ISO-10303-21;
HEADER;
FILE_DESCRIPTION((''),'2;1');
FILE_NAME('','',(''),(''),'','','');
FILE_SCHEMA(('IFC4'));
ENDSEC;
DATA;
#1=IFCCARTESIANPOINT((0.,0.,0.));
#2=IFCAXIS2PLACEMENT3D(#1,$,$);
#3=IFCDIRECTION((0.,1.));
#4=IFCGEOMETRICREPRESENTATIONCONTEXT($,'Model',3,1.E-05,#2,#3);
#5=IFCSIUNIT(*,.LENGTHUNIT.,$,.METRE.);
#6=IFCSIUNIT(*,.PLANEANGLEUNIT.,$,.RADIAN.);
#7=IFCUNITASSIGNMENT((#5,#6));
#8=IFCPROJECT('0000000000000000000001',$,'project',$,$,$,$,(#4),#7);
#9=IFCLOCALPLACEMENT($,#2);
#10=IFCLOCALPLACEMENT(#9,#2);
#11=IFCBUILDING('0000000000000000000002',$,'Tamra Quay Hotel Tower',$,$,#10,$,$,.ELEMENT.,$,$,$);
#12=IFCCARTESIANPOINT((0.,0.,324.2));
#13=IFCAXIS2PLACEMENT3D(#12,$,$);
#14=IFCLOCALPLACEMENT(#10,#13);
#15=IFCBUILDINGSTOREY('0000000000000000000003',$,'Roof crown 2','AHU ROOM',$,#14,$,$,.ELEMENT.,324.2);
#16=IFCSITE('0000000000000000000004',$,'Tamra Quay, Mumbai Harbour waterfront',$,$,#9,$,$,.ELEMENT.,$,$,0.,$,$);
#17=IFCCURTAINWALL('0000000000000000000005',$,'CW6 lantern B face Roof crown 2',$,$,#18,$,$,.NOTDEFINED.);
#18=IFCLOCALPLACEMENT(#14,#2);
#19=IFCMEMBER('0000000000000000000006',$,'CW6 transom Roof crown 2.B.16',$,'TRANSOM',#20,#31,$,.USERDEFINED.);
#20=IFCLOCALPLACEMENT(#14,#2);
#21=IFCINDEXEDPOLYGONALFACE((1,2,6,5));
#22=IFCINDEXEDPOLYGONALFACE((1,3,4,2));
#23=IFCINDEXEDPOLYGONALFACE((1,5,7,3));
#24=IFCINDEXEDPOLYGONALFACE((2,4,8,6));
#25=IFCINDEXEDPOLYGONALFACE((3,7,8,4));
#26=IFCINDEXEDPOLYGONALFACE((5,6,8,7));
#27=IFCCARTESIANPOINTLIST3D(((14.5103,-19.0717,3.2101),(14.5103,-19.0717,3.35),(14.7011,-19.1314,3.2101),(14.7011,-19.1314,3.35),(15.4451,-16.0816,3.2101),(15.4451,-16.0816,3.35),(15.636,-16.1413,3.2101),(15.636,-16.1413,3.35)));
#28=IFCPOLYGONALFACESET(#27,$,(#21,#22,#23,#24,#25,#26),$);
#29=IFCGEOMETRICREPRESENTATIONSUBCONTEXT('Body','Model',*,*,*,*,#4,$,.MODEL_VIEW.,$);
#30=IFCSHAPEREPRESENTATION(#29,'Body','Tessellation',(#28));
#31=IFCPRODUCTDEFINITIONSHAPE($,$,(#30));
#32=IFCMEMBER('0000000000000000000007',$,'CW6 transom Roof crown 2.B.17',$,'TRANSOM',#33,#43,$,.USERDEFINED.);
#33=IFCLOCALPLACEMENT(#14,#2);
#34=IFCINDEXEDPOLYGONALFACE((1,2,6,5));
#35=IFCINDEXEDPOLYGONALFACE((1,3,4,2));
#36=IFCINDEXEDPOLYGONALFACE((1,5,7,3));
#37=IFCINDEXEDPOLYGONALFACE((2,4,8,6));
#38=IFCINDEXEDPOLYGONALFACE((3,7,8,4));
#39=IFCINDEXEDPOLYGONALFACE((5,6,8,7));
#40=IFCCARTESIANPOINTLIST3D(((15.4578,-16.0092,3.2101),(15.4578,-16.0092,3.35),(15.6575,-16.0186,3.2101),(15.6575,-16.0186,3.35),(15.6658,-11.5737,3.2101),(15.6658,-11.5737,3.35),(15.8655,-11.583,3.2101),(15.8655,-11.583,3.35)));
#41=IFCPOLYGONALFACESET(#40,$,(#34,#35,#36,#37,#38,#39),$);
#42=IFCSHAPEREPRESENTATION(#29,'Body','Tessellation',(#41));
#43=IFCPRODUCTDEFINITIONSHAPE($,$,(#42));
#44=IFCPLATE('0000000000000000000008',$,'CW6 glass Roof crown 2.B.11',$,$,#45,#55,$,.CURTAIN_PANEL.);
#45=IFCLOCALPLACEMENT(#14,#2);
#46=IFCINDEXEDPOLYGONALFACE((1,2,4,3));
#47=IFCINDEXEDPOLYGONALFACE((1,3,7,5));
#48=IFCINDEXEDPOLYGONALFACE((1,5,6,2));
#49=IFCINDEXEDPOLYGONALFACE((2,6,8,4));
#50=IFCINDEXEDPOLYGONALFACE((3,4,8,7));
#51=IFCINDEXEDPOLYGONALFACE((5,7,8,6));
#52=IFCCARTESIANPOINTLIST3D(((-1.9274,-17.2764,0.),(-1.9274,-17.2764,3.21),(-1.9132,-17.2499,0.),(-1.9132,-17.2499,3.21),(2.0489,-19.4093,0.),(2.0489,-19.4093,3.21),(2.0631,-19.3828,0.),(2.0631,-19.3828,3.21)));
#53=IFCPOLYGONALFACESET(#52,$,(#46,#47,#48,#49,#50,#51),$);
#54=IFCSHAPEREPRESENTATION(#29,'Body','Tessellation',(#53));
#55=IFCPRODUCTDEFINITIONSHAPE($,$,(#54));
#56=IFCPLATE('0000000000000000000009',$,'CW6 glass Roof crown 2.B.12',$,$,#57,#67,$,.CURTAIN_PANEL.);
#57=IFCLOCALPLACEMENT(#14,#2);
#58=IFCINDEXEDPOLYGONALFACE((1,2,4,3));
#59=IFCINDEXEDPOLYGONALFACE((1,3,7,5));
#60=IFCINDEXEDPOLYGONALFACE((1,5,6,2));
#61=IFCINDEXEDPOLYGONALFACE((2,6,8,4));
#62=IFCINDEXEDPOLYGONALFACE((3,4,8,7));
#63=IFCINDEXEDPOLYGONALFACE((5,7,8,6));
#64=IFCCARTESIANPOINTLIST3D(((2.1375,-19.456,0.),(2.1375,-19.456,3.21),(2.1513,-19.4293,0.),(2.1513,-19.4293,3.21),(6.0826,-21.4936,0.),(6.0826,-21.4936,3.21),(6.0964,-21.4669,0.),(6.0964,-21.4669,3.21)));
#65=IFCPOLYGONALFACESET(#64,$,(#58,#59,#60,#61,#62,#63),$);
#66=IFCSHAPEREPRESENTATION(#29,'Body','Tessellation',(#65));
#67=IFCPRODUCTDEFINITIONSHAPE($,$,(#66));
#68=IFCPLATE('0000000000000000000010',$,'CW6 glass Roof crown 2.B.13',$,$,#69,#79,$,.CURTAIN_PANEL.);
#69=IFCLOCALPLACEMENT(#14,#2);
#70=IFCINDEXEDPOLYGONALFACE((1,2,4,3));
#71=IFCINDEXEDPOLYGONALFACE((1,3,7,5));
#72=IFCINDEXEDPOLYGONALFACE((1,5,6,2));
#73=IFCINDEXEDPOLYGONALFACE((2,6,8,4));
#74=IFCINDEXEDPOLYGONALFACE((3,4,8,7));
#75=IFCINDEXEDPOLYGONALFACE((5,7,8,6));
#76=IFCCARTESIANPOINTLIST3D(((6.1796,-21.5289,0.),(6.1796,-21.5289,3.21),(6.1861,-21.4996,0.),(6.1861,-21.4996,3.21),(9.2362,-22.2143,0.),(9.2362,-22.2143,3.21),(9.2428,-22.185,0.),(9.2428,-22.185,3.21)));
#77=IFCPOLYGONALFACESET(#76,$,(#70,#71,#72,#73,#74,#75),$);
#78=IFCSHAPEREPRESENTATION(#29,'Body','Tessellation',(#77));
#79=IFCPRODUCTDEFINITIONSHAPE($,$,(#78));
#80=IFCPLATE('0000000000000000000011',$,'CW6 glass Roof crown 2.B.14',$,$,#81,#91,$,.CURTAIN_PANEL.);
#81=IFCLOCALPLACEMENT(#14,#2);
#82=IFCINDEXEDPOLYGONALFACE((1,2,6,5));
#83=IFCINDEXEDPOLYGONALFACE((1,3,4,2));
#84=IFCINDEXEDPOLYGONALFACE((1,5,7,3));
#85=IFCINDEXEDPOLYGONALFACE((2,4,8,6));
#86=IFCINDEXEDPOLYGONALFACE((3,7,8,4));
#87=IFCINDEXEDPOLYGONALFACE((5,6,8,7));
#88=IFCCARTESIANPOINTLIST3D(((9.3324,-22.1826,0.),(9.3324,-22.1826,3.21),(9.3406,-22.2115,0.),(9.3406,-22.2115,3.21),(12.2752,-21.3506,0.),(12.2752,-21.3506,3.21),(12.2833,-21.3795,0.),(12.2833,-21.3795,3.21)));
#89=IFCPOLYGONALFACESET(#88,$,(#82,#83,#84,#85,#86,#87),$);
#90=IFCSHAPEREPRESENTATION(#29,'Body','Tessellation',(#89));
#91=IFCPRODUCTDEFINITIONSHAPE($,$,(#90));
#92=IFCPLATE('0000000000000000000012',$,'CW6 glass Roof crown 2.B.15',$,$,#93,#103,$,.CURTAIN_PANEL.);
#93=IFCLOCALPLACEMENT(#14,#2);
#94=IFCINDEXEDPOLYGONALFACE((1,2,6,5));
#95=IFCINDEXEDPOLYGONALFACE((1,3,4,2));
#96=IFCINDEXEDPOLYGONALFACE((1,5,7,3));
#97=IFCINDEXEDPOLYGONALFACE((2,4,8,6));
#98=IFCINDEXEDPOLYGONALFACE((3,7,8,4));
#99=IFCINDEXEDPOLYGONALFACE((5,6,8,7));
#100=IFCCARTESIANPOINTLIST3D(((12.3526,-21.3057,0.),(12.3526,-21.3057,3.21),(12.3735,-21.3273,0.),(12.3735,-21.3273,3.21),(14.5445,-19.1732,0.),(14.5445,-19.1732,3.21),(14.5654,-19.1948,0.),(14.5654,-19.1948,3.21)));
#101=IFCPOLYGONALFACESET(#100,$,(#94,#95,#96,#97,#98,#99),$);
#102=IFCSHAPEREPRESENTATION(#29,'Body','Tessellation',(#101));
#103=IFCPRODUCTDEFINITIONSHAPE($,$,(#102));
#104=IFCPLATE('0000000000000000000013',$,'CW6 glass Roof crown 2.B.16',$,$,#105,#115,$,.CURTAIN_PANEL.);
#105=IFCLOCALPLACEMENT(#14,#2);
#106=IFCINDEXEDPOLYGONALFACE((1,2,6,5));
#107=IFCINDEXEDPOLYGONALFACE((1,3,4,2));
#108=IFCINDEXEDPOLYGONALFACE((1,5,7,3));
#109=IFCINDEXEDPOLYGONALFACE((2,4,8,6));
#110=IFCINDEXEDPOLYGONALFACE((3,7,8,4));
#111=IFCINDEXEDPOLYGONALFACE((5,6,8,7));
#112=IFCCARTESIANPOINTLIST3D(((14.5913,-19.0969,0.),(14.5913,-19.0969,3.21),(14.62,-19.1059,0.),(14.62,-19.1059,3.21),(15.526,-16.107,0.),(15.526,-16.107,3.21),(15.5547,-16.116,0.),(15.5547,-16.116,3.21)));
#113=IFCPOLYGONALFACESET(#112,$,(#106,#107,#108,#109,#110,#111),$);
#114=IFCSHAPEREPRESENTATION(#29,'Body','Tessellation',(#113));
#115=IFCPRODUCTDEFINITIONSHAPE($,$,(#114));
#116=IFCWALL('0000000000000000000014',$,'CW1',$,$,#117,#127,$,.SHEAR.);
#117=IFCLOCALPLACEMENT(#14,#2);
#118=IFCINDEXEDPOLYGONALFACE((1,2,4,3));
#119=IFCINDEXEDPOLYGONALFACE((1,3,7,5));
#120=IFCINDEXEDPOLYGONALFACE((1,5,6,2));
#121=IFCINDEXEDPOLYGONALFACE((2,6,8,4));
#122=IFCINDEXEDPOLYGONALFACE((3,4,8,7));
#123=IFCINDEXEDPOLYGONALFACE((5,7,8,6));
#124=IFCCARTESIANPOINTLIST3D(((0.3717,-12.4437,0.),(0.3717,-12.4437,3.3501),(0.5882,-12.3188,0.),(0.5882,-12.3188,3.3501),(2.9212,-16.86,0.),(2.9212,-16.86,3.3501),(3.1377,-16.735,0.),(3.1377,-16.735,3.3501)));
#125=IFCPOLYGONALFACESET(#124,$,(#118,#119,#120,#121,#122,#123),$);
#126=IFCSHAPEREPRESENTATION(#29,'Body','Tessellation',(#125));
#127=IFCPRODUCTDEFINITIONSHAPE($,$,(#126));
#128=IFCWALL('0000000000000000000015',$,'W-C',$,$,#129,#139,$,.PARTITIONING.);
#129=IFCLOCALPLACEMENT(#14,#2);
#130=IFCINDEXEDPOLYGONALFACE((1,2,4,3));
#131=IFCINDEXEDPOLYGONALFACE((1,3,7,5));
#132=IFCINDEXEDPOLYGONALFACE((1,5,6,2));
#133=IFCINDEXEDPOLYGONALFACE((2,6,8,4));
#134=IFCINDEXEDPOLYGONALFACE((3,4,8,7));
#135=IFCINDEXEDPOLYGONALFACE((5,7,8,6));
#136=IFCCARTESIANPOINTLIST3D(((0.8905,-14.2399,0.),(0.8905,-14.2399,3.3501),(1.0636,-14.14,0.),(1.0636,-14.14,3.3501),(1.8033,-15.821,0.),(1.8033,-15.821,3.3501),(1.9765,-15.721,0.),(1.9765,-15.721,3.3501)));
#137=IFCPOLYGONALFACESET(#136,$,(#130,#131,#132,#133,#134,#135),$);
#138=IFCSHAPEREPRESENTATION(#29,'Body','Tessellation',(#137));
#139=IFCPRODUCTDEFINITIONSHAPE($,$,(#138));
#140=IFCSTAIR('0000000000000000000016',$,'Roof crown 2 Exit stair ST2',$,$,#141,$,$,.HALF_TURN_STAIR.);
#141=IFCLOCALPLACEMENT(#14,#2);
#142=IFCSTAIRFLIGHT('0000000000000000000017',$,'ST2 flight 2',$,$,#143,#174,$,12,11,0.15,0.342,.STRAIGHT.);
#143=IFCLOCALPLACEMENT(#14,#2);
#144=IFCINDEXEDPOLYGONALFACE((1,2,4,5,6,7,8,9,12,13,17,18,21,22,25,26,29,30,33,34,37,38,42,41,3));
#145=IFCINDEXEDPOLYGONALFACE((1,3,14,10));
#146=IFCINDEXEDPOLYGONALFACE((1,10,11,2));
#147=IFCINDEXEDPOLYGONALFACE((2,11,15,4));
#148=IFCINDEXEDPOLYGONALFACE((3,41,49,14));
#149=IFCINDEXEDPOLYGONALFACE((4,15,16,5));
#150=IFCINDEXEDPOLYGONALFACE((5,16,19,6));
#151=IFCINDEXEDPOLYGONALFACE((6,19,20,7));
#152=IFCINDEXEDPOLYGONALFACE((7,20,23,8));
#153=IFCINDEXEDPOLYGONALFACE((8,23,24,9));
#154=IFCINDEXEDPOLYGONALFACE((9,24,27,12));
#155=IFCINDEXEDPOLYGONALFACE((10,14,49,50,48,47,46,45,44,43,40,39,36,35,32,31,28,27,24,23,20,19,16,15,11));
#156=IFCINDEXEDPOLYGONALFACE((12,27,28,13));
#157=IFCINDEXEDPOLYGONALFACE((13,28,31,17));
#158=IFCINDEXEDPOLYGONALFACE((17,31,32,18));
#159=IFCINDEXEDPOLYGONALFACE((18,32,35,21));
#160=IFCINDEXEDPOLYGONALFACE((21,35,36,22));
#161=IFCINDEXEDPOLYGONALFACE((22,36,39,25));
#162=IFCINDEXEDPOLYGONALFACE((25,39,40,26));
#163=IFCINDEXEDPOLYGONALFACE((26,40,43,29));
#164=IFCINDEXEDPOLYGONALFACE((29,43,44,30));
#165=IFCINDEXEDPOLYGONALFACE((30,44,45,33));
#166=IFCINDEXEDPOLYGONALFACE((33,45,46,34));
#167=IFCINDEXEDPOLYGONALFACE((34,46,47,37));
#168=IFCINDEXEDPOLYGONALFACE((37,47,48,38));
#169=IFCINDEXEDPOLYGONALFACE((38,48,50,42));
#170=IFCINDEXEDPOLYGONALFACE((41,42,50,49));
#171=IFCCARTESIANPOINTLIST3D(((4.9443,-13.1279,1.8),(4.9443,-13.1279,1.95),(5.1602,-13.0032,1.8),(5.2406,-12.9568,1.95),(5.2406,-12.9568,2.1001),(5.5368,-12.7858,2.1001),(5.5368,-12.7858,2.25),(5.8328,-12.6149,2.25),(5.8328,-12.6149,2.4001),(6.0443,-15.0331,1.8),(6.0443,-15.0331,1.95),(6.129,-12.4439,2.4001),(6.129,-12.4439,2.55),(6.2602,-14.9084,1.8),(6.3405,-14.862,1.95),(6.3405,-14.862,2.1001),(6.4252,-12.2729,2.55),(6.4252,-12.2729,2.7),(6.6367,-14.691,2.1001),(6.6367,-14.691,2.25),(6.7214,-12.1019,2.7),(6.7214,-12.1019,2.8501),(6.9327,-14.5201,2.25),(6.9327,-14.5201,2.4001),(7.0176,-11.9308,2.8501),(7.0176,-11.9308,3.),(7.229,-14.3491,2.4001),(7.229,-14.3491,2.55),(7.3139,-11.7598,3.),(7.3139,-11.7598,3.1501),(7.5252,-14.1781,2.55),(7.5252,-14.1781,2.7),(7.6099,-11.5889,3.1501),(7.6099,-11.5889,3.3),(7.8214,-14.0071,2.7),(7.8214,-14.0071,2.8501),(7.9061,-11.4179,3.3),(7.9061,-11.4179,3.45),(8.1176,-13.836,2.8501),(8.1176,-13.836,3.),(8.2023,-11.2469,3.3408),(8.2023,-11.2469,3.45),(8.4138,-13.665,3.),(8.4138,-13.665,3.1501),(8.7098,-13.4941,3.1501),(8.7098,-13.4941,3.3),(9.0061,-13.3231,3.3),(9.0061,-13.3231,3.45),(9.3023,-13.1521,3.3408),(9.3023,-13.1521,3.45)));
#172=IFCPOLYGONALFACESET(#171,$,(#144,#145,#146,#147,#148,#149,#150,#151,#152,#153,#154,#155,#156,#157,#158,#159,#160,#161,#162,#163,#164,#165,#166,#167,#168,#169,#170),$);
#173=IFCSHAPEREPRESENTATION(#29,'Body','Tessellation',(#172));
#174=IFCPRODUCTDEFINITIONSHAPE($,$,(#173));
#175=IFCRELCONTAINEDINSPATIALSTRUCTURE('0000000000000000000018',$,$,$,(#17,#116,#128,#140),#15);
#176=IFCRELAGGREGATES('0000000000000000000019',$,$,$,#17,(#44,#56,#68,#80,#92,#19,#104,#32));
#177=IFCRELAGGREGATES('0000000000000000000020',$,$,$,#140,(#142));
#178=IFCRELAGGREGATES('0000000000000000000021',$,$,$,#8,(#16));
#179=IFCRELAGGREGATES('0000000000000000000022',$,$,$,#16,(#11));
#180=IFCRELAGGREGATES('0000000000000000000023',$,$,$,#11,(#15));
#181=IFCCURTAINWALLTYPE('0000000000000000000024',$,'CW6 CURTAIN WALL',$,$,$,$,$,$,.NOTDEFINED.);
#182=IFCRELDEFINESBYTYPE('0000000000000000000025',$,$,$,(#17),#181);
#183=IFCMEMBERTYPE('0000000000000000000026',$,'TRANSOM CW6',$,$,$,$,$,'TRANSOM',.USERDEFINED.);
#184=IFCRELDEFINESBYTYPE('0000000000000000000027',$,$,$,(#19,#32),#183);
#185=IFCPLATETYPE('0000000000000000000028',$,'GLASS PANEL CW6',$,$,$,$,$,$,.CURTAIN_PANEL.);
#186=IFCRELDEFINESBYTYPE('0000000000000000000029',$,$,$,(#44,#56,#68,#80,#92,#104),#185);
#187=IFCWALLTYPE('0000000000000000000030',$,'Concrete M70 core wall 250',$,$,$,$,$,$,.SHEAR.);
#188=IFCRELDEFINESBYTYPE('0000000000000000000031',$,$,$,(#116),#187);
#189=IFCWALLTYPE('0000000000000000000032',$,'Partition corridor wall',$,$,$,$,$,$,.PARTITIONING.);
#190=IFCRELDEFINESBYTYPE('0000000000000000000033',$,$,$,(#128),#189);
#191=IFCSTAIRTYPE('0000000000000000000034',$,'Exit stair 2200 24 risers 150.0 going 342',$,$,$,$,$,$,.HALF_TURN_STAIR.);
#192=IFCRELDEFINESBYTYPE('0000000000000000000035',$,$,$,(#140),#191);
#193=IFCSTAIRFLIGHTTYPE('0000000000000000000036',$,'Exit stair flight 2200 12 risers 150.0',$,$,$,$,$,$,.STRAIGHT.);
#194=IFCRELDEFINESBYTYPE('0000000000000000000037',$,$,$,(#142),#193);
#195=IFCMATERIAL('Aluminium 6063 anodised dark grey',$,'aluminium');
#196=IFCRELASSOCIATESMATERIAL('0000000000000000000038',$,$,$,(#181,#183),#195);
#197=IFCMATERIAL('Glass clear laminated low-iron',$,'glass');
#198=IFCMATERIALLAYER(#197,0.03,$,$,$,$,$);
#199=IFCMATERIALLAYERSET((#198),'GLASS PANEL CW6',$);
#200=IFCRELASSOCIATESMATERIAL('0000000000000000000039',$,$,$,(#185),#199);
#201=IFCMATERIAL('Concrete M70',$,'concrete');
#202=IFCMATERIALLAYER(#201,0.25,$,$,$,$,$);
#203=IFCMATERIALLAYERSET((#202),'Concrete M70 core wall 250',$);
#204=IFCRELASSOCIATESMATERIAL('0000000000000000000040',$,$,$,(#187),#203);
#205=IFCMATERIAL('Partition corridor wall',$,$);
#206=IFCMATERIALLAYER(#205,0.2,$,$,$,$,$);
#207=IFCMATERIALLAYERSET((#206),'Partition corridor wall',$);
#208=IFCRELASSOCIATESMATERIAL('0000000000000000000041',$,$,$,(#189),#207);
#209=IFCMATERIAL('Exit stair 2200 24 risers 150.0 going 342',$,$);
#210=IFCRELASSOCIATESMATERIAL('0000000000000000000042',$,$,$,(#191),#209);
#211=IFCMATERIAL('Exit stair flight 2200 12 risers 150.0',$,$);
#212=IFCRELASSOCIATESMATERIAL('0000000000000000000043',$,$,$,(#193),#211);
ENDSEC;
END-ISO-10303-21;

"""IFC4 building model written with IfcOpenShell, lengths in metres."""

from ifc_helpers import new_model, si_unit, direction, frame, frame_2d, origin, origin_2d, place, context, subcontext, project, spatial, polyline, rectangle, outline, extrude, material, layer, layer_set, material_profile, profile_set, type_object, element, aggregate, save


model = new_model("IFC4")

# Units and contexts
model_context = context("Model", 3, precision=1e-05, world=origin(), true_north=direction((0.0, 1.0)))
body_context = subcontext(model_context, "Body", "Model", "MODEL_VIEW")
ifc_project = project(units=[si_unit("LENGTHUNIT", "METRE"), si_unit("PLANEANGLEUNIT", "RADIAN")], contexts=[model_context])

# Site, building, storey
site_placement = place(None, origin())
site = spatial("IfcSite", under=ifc_project, at=site_placement, Name="Tamra Quay, Mumbai Harbour waterfront", CompositionType="ELEMENT", RefElevation=0.0)
building_placement = place(site_placement, origin())
building = spatial("IfcBuilding", under=site, at=building_placement, Name="Tamra Quay Hotel Tower", CompositionType="ELEMENT")
storey_placement = place(building_placement, frame((0.0, 0.0, 324.2)))
storey = spatial("IfcBuildingStorey", under=building, at=storey_placement, Name="Roof crown 2", Description="AHU ROOM", CompositionType="ELEMENT", Elevation=324.2)

# Curtain wall, members, plates
ifc_material_1 = material(Name="Aluminium 6063 anodised dark grey", Category="aluminium")
curtain_wall_type = type_object("IfcCurtainWallType", Name="CW6 CURTAIN WALL", PredefinedType="NOTDEFINED", material=ifc_material_1)
curtain_wall_placement = place(storey_placement, origin())
curtain_wall = element("IfcCurtainWall", 1, at=curtain_wall_placement, inside=storey, type_object=curtain_wall_type, Name="CW6 lantern B face Roof crown 2", PredefinedType="NOTDEFINED")
ifc_material_profile_1 = material_profile(ifc_material_1, rectangle(XDim=0.2, YDim=0.1399, at=origin_2d()), Name="TRANSOM 200X140")
ifc_profile_set_1 = profile_set([ifc_material_profile_1], Name="Aluminium 6063 anodised dark grey")
member_type_1 = type_object("IfcMemberType", Name="TRANSOM CW6", ElementType="TRANSOM", PredefinedType="USERDEFINED", material=ifc_profile_set_1)
member_1_placement = place(storey_placement, frame((14.6057, -19.1016, 3.28), z_axis=(0.298404, 0.95444, 0.0), x_axis=(-0.95444, 0.298404, 0.0)))
member_1 = element("IfcMember", 2, at=member_1_placement, type_object=member_type_1, Name="CW6 transom Roof crown 2.B.16", ObjectType="TRANSOM", PredefinedType="USERDEFINED", context=body_context, shape_type="SweptSolid", body=[
    extrude(rectangle(XDim=0.2, YDim=0.1399, at=origin_2d()), origin(), (0.0, 0.0, 1.0), 3.1328),
])
member_2_placement = place(storey_placement, frame((15.5576, -16.0139, 3.28), z_axis=(0.046844, 0.998902, 0.0), x_axis=(-0.998902, 0.046844, 0.0)))
member_2 = element("IfcMember", 3, at=member_2_placement, type_object=member_type_1, Name="CW6 transom Roof crown 2.B.17", ObjectType="TRANSOM", PredefinedType="USERDEFINED", context=body_context, shape_type="SweptSolid", body=[
    extrude(rectangle(XDim=0.2, YDim=0.1399, at=origin_2d()), origin(), (0.0, 0.0, 1.0), 4.4404),
])
ifc_material_2 = material(Name="Glass clear laminated low-iron", Category="glass")
ifc_layer_1 = layer(ifc_material_2, 0.03)
ifc_layer_set_1 = layer_set([ifc_layer_1], Name="GLASS PANEL CW6")
plate_type = type_object("IfcPlateType", Name="GLASS PANEL CW6", PredefinedType="CURTAIN_PANEL", material=ifc_layer_set_1)
plate_1_placement = place(storey_placement, frame((0.0679, -18.3296, 0.0), z_axis=(0.0, 0.0, 1.0), x_axis=(0.881224, -0.4727, 0.0)))
plate_1 = element("IfcPlate", 4, at=plate_1_placement, type_object=plate_type, Name="CW6 glass Roof crown 2.B.11", PredefinedType="CURTAIN_PANEL", context=body_context, shape_type="SweptSolid", body=[
    extrude(rectangle(XDim=4.5122, YDim=0.03, at=origin_2d()), origin(), (0.0, 0.0, 1.0), 3.21),
])
plate_2_placement = place(storey_placement, frame((4.1169, -20.4614, 0.0), z_axis=(0.0, 0.0, 1.0), x_axis=(0.888486, -0.458903, 0.0)))
plate_2 = element("IfcPlate", 5, at=plate_2_placement, type_object=plate_type, Name="CW6 glass Roof crown 2.B.12", PredefinedType="CURTAIN_PANEL", context=body_context, shape_type="SweptSolid", body=[
    extrude(rectangle(XDim=4.4402, YDim=0.03, at=origin_2d()), origin(), (0.0, 0.0, 1.0), 3.21),
])
plate_3_placement = place(storey_placement, frame((7.7112, -21.8569, 0.0), z_axis=(0.0, 0.0, 1.0), x_axis=(0.975768, -0.218806, 0.0)))
plate_3 = element("IfcPlate", 6, at=plate_3_placement, type_object=plate_type, Name="CW6 glass Roof crown 2.B.13", PredefinedType="CURTAIN_PANEL", context=body_context, shape_type="SweptSolid", body=[
    extrude(rectangle(XDim=3.1326, YDim=0.03, at=origin_2d()), origin(), (0.0, 0.0, 1.0), 3.21),
])
plate_4_placement = place(storey_placement, frame((10.8079, -21.781, 0.0), z_axis=(0.0, 0.0, 1.0), x_axis=(0.96228, 0.272062, 0.0)))
plate_4 = element("IfcPlate", 7, at=plate_4_placement, type_object=plate_type, Name="CW6 glass Roof crown 2.B.14", PredefinedType="CURTAIN_PANEL", context=body_context, shape_type="SweptSolid", body=[
    extrude(rectangle(XDim=3.0581, YDim=0.03, at=origin_2d()), origin(), (0.0, 0.0, 1.0), 3.21),
])
plate_5_placement = place(storey_placement, frame((13.459, -20.2502, 0.0), z_axis=(0.0, 0.0, 1.0), x_axis=(0.716753, 0.697327, 0.0)))
plate_5 = element("IfcPlate", 8, at=plate_5_placement, type_object=plate_type, Name="CW6 glass Roof crown 2.B.15", PredefinedType="CURTAIN_PANEL", context=body_context, shape_type="SweptSolid", body=[
    extrude(rectangle(XDim=3.0581, YDim=0.03, at=origin_2d()), origin(), (0.0, 0.0, 1.0), 3.21),
])
plate_6_placement = place(storey_placement, frame((15.073, -17.6064, 0.0), z_axis=(0.0, 0.0, 1.0), x_axis=(0.298392, 0.954443, 0.0)))
plate_6 = element("IfcPlate", 9, at=plate_6_placement, type_object=plate_type, Name="CW6 glass Roof crown 2.B.16", PredefinedType="CURTAIN_PANEL", context=body_context, shape_type="SweptSolid", body=[
    extrude(rectangle(XDim=3.1326, YDim=0.03, at=origin_2d()), origin(), (0.0, 0.0, 1.0), 3.21),
])
aggregate(curtain_wall, [plate_1, plate_2, plate_3, plate_4, plate_5, member_1, plate_6, member_2])

# Walls
ifc_material_3 = material(Name="Concrete M70", Category="concrete")
ifc_layer_2 = layer(ifc_material_3, 0.25)
ifc_layer_set_2 = layer_set([ifc_layer_2], Name="Concrete M70 core wall 250")
wall_type_1 = type_object("IfcWallType", Name="Concrete M70 core wall 250", PredefinedType="SHEAR", material=ifc_layer_set_2)
wall_1_placement = place(storey_placement, frame((3.0295, -16.7976, 0.0), z_axis=(0.0, 0.0, 1.0), x_axis=(-0.499975, 0.86604, 0.0)))
element("IfcWall", 10, at=wall_1_placement, inside=storey, type_object=wall_type_1, Name="CW1", PredefinedType="SHEAR", context=body_context, shape_type="SweptSolid", body=[
    extrude(rectangle(XDim=5.0994, YDim=0.25, at=frame_2d((2.5498, 0.0))), origin(), (0.0, 0.0, 1.0), 3.3501),
])
ifc_material_4 = material(Name="Partition corridor wall")
ifc_layer_3 = layer(ifc_material_4, 0.2)
ifc_layer_set_3 = layer_set([ifc_layer_3], Name="Partition corridor wall")
wall_type_2 = type_object("IfcWallType", Name="Partition corridor wall", PredefinedType="PARTITIONING", material=ifc_layer_set_3)
wall_2_placement = place(storey_placement, frame((0.9771, -14.1899, 0.0), z_axis=(0.0, 0.0, 1.0), x_axis=(0.500008, -0.866021, 0.0)))
element("IfcWall", 11, at=wall_2_placement, inside=storey, type_object=wall_type_2, Name="W-C", PredefinedType="PARTITIONING", context=body_context, shape_type="SweptSolid", body=[
    extrude(rectangle(XDim=1.8257, YDim=0.2, at=frame_2d((0.9128, 0.0))), origin(), (0.0, 0.0, 1.0), 3.3501),
])

# Stair, stair flight
ifc_material_5 = material(Name="Exit stair 2200 24 risers 150.0 going 342")
stair_type = type_object("IfcStairType", Name="Exit stair 2200 24 risers 150.0 going 342", PredefinedType="HALF_TURN_STAIR", material=ifc_material_5)
stair_placement = place(storey_placement, origin())
stair = element("IfcStair", 12, at=stair_placement, inside=storey, type_object=stair_type, Name="Roof crown 2 Exit stair ST2", PredefinedType="HALF_TURN_STAIR")
ifc_material_6 = material(Name="Exit stair flight 2200 12 risers 150.0")
stair_flight_type = type_object("IfcStairFlightType", Name="Exit stair flight 2200 12 risers 150.0", PredefinedType="STRAIGHT", material=ifc_material_6)
stair_flight_placement = place(storey_placement, frame((5.4944, -14.0806, 1.8), z_axis=(0.0, 0.0, 1.0), x_axis=(0.866025, 0.5, 0.0)))
stair_flight = element("IfcStairFlight", 13, at=stair_flight_placement, type_object=stair_flight_type, Name="ST2 flight 2", NumberOfRisers=12, NumberOfTreads=11, PredefinedType="STRAIGHT", RiserHeight=0.15, TreadLength=0.342, context=body_context, shape_type="SweptSolid", body=[
    extrude(outline(polyline([(0.0, 0.0), (0.0, 0.1499), (0.342, 0.1499), (0.342, 0.3), (0.6841, 0.3), (0.6841, 0.45), (1.0259, 0.45), (1.0259, 0.6001), (1.3679, 0.6001), (1.3679, 0.75), (1.71, 0.75), (1.71, 0.8999), (2.052, 0.8999), (2.052, 1.05), (2.394, 1.05), (2.394, 1.2), (2.7361, 1.2), (2.7361, 1.3501), (3.0779, 1.3501), (3.0779, 1.5), (3.4199, 1.5), (3.4199, 1.6499), (3.762, 1.6499), (3.762, 1.8), (3.762, 1.5408), (0.2493, 0.0), (0.0, 0.0)])), frame((0.0, 1.1001, 0.0), z_axis=(0.0, -1.0, 0.0), x_axis=(1.0, 0.0, 0.0)), (0.0, 0.0, 1.0), 2.2),
])
aggregate(stair, [stair_flight])

save(model, "model.ifc")
